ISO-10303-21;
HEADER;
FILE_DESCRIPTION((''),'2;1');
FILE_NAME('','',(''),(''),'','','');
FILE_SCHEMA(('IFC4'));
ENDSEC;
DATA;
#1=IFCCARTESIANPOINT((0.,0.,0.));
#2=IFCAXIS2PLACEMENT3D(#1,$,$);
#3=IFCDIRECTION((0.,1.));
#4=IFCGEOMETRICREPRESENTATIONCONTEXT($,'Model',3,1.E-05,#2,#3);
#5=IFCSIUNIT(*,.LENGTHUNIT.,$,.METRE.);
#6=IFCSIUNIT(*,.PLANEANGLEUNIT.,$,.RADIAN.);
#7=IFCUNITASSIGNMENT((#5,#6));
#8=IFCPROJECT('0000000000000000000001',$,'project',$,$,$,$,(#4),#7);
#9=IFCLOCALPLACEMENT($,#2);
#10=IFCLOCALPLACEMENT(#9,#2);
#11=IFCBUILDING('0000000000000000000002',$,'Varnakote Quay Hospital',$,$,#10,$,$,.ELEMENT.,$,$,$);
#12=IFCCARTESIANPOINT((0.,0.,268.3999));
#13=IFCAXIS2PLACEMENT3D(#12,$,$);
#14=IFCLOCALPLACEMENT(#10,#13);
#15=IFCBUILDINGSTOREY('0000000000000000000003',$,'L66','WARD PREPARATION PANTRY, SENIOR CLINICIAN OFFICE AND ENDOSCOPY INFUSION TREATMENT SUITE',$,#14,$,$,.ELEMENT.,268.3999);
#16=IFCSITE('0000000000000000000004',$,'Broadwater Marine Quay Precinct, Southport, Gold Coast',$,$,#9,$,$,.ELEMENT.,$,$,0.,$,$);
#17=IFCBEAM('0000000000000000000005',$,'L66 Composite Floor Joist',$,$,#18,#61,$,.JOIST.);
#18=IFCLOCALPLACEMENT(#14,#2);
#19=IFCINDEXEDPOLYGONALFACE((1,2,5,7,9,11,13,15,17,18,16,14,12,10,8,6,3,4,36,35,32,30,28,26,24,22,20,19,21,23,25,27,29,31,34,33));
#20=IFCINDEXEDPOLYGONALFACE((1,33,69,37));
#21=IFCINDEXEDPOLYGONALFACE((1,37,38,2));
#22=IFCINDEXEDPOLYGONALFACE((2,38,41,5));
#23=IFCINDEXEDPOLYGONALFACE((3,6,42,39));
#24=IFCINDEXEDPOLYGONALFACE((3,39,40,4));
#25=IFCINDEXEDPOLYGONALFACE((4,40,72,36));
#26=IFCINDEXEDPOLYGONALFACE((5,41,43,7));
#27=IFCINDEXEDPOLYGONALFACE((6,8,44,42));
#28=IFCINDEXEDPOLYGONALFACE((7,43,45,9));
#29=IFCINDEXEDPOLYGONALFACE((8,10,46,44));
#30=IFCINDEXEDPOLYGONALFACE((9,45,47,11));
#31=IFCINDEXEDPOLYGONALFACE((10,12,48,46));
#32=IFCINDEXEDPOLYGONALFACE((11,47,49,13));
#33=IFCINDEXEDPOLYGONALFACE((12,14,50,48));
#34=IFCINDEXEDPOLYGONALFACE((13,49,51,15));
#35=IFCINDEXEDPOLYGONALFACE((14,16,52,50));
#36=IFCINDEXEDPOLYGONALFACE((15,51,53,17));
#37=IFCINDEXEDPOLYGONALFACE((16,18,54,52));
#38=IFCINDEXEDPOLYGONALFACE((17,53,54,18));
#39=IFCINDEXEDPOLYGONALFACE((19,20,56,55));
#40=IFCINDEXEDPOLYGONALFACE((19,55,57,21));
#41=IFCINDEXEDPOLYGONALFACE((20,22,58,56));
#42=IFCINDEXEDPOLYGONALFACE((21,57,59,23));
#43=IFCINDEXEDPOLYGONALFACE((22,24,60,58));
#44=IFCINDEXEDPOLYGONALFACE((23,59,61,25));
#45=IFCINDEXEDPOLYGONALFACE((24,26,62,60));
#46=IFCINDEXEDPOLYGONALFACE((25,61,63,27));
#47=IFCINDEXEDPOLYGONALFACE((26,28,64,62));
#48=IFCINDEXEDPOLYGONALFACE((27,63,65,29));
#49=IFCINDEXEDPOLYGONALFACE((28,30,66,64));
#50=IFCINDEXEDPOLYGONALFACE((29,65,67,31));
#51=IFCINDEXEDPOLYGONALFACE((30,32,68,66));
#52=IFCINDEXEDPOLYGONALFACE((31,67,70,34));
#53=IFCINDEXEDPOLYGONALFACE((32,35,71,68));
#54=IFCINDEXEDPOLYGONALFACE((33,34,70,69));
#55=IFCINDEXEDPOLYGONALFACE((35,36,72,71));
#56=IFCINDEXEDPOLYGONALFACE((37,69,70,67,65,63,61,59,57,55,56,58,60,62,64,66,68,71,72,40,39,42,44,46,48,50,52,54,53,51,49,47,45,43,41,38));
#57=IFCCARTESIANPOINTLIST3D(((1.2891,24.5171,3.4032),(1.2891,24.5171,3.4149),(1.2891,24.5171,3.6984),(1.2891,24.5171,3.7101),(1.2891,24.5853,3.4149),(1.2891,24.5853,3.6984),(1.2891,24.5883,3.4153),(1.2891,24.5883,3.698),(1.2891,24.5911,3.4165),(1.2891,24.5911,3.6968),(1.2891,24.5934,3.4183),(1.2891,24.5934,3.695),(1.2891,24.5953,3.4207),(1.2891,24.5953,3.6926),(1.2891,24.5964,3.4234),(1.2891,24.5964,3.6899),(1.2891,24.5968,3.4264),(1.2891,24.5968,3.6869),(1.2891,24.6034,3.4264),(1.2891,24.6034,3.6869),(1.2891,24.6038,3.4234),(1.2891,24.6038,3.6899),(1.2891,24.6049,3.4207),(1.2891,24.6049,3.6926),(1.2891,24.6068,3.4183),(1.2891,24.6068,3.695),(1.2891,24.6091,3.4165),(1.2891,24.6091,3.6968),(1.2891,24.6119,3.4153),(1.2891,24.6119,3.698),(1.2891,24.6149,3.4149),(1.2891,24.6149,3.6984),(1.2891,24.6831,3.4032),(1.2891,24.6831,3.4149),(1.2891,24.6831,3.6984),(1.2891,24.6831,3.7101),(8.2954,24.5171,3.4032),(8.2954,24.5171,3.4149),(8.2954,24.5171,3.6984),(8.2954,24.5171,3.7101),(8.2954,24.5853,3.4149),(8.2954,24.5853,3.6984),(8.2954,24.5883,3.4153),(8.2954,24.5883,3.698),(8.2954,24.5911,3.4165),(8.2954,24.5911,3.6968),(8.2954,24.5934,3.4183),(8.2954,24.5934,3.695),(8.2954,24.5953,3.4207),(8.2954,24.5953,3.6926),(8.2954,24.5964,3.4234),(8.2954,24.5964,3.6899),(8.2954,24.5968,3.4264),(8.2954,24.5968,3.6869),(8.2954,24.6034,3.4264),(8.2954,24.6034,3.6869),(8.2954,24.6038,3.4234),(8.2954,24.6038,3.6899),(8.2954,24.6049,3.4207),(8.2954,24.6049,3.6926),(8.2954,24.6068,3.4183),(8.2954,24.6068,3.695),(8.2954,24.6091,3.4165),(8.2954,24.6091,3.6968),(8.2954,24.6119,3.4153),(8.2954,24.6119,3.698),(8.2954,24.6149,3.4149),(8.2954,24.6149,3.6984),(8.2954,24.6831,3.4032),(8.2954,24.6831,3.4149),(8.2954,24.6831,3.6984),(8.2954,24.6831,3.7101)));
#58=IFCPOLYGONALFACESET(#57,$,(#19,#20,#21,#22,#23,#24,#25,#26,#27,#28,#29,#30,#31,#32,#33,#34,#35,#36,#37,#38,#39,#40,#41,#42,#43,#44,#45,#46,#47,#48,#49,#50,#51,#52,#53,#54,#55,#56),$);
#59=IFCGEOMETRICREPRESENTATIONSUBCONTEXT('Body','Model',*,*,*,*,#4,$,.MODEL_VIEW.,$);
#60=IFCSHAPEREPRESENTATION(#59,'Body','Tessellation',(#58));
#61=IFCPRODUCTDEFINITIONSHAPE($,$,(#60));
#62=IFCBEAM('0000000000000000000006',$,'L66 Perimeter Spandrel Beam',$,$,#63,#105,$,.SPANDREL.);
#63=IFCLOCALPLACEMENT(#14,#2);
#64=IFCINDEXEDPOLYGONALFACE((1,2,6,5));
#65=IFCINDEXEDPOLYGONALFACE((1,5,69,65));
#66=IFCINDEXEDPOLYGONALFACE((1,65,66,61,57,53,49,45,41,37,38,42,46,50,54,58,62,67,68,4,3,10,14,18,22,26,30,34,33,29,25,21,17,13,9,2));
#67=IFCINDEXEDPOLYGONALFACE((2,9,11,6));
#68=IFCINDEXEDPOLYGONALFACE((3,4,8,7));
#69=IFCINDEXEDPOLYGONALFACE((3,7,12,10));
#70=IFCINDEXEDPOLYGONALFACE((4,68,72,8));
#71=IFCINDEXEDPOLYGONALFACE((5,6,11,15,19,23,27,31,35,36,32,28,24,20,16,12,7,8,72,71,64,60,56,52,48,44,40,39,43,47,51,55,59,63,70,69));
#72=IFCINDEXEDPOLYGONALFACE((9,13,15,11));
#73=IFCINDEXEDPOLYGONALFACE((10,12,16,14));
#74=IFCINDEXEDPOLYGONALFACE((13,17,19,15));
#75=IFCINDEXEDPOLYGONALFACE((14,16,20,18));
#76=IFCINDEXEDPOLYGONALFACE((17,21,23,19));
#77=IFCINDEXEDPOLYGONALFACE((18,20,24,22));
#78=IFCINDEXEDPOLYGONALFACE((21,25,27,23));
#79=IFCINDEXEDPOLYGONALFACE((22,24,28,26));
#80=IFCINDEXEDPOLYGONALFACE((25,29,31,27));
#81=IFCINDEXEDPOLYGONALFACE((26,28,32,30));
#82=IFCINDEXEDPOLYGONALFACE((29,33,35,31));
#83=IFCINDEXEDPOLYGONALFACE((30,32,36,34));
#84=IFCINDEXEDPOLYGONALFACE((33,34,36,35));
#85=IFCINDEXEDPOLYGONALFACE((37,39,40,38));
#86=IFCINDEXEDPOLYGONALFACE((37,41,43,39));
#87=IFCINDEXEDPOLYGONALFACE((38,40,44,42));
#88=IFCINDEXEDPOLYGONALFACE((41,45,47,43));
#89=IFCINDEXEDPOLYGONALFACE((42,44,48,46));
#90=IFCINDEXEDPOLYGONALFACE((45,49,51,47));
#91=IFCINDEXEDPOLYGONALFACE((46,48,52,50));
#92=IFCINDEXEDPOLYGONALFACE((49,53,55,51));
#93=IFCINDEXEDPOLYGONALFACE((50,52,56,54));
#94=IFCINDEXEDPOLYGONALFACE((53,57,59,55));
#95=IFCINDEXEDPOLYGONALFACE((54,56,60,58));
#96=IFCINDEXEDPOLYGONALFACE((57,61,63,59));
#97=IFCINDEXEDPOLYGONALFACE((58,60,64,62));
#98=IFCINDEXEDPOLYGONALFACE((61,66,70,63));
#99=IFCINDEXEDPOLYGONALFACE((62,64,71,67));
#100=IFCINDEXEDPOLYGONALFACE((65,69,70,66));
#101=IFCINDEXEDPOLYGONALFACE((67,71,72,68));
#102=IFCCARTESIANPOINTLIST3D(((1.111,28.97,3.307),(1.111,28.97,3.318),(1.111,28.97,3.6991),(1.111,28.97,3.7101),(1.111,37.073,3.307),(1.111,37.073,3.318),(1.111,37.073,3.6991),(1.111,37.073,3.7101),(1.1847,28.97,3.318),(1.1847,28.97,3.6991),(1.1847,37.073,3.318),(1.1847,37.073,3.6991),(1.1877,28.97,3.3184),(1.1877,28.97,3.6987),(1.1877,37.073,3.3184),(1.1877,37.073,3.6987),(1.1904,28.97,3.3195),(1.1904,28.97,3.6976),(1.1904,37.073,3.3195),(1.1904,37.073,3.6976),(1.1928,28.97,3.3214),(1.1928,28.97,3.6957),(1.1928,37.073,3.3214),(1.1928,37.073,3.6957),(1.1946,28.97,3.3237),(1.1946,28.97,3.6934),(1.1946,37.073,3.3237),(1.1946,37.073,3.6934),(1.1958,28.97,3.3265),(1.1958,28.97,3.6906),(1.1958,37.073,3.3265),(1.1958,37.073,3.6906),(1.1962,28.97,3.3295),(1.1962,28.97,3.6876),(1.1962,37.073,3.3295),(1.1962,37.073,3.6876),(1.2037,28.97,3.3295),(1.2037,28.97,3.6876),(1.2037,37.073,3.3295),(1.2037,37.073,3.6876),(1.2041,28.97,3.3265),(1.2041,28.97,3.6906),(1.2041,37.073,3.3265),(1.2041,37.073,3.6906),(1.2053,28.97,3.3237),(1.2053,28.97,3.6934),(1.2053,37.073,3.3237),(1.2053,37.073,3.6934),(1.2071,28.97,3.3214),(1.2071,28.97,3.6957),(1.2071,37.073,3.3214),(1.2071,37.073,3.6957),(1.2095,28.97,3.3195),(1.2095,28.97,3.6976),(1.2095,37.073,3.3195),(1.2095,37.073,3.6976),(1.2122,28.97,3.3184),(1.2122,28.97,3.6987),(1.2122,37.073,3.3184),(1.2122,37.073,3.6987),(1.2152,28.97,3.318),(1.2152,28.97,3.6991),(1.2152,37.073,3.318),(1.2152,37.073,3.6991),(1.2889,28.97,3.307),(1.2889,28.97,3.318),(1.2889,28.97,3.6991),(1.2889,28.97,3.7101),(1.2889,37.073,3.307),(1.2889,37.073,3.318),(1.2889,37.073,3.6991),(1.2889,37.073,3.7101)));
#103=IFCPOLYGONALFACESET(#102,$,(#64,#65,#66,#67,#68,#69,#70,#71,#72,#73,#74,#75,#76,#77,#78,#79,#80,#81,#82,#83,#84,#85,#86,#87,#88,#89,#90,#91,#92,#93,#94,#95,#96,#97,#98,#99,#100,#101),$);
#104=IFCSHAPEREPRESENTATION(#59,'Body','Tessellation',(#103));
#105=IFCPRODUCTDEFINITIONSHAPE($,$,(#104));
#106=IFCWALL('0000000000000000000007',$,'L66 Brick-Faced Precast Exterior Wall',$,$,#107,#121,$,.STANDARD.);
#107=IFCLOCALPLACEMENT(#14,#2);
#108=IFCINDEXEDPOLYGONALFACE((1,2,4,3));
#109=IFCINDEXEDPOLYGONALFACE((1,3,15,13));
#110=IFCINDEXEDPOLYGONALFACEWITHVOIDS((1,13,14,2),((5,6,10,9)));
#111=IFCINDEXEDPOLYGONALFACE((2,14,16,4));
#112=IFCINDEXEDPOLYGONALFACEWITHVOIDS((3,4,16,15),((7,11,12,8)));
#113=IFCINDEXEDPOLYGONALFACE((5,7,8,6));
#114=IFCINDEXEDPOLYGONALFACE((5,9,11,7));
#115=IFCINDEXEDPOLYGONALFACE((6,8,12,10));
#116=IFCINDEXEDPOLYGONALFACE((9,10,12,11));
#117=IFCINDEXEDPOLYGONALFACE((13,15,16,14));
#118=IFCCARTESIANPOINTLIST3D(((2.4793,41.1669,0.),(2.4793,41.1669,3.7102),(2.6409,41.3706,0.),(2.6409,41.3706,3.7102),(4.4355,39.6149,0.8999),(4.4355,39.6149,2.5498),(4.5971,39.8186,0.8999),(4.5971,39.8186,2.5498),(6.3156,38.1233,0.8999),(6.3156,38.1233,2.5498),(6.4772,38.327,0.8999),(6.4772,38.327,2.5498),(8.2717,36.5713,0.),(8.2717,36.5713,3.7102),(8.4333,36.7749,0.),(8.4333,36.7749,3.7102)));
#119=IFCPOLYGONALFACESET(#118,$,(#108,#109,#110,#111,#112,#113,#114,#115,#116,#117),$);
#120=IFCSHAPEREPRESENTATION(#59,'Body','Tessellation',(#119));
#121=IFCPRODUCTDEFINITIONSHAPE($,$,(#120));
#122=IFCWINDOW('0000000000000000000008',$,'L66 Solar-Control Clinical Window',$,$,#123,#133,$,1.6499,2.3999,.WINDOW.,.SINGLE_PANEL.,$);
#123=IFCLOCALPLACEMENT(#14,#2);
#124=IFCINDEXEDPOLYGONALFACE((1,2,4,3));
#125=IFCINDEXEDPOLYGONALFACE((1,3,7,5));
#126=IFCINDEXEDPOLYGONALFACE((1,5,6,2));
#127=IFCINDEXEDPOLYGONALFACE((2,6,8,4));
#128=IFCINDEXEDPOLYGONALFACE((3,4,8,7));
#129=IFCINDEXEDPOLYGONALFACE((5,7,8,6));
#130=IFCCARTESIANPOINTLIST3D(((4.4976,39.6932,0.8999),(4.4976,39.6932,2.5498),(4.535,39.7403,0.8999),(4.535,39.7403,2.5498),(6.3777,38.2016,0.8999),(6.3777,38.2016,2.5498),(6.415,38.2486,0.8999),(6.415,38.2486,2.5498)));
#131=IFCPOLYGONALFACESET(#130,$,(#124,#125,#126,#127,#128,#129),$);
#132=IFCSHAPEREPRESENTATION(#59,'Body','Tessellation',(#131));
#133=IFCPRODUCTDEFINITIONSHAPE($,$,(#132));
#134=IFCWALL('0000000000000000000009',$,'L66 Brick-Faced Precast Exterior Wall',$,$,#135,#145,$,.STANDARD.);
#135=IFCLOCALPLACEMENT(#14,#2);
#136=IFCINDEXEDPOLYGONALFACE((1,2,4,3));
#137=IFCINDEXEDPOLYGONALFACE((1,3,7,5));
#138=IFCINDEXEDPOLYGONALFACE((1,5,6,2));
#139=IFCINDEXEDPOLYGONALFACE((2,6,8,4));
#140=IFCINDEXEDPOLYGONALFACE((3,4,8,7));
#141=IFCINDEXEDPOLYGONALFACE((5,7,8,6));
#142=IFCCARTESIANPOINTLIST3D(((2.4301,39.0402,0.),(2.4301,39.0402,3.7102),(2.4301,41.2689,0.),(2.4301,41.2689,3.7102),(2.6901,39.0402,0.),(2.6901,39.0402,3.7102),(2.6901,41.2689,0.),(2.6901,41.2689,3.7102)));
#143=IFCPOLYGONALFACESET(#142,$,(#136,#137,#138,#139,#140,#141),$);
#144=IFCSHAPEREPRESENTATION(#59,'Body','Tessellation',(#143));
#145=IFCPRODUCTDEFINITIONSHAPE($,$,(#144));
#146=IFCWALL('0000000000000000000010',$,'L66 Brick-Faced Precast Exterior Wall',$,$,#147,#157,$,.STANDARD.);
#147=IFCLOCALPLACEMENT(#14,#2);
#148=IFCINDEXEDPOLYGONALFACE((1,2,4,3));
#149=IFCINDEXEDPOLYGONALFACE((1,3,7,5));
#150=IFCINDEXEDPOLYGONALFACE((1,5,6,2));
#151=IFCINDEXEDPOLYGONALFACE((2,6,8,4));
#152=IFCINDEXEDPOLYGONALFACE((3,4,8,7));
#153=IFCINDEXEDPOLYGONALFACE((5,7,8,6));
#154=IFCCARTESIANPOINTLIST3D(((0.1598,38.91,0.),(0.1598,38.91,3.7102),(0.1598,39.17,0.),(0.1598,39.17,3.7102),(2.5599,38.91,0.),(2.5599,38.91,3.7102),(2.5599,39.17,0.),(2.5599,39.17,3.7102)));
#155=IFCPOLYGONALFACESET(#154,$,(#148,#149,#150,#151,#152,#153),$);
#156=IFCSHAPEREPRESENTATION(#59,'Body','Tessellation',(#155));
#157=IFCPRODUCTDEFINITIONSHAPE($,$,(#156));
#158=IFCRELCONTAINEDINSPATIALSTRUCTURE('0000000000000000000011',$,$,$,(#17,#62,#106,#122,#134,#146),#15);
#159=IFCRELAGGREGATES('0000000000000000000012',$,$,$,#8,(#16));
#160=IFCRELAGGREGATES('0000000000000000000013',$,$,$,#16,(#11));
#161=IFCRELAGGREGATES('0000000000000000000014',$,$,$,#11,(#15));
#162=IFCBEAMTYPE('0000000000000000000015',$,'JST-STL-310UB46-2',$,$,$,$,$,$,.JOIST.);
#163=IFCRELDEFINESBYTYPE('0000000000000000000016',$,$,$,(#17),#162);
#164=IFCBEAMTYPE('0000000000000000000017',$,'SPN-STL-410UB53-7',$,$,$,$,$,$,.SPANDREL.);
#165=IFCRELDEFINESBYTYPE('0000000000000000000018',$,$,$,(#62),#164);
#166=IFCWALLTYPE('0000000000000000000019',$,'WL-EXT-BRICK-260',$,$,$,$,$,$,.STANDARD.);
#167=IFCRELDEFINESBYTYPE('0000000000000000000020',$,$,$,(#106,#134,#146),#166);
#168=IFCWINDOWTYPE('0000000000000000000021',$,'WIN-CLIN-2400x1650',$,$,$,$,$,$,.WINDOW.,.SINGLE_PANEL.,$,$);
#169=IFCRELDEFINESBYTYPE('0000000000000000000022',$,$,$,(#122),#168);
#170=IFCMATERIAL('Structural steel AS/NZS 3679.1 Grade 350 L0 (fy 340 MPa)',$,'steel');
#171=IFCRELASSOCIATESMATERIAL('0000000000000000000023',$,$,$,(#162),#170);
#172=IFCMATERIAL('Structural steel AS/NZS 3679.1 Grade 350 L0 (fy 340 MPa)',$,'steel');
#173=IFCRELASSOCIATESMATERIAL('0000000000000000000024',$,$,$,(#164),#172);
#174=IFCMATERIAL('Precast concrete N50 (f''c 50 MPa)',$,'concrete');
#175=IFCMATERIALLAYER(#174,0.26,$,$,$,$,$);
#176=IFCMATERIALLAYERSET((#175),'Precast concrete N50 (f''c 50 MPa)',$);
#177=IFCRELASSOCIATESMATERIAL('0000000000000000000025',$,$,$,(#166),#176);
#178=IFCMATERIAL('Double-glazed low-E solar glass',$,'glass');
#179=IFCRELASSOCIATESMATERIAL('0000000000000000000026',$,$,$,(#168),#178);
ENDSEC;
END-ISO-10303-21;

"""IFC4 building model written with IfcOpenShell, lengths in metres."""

from ifc_helpers import new_model, si_unit, direction, frame, frame_2d, origin, origin_2d, place, context, subcontext, project, spatial, rectangle, i_section, extrude, material, layer, layer_set, material_profile, profile_set, type_object, element, fill, save


model = new_model("IFC4")

# Units and contexts
model_context = context("Model", 3, precision=1e-05, world=origin(), true_north=direction((0.0, 1.0)))
body_context = subcontext(model_context, "Body", "Model", "MODEL_VIEW")
ifc_project = project(units=[si_unit("LENGTHUNIT", "METRE"), si_unit("PLANEANGLEUNIT", "RADIAN")], contexts=[model_context])

# Site, building, storey
site_placement = place(None, origin())
site = spatial("IfcSite", under=ifc_project, at=site_placement, Name="Broadwater Marine Quay Precinct, Southport, Gold Coast", CompositionType="ELEMENT", RefElevation=0.0)
building_placement = place(site_placement, origin())
building = spatial("IfcBuilding", under=site, at=building_placement, Name="Varnakote Quay Hospital", CompositionType="ELEMENT")
storey_placement = place(building_placement, frame((0.0, 0.0, 268.3999)))
storey = spatial("IfcBuildingStorey", under=building, at=storey_placement, Name="L66", Description="WARD PREPARATION PANTRY, SENIOR CLINICIAN OFFICE AND ENDOSCOPY INFUSION TREATMENT SUITE", CompositionType="ELEMENT", Elevation=268.3999)

# Beams
ifc_material_1 = material(Name="Structural steel AS/NZS 3679.1 Grade 350 L0 (fy 340 MPa)", Category="steel")
ifc_material_profile_1 = material_profile(ifc_material_1, i_section(OverallWidth=0.166, OverallDepth=0.3069, WebThickness=0.0066, FlangeThickness=0.0117, FilletRadius=0.0115, at=origin_2d()), Name="310UB46.2")
ifc_profile_set_1 = profile_set([ifc_material_profile_1], Name="Structural steel AS/NZS 3679.1 Grade 350 L0 (fy 340 MPa)")
beam_type_1 = type_object("IfcBeamType", Name="JST-STL-310UB46-2", PredefinedType="JOIST", material=ifc_profile_set_1)
beam_1_placement = place(storey_placement, frame((1.2891, 24.6001, 3.5566), z_axis=(1.0, 0.0, 0.0), x_axis=(0.0, 1.0, 0.0)))
element("IfcBeam", 1, at=beam_1_placement, inside=storey, type_object=beam_type_1, Name="L66 Composite Floor Joist", PredefinedType="JOIST", context=body_context, shape_type="SweptSolid", body=[
    extrude(i_section(OverallWidth=0.166, OverallDepth=0.3069, WebThickness=0.0066, FlangeThickness=0.0117, FilletRadius=0.0115, at=origin_2d()), origin(), (0.0, 0.0, 1.0), 7.0063),
])
ifc_material_2 = material(Name="Structural steel AS/NZS 3679.1 Grade 350 L0 (fy 340 MPa)", Category="steel")
ifc_material_profile_2 = material_profile(ifc_material_2, i_section(OverallWidth=0.178, OverallDepth=0.4031, WebThickness=0.0076, FlangeThickness=0.011, FilletRadius=0.0115, at=origin_2d()), Name="410UB53.7")
ifc_profile_set_2 = profile_set([ifc_material_profile_2], Name="Structural steel AS/NZS 3679.1 Grade 350 L0 (fy 340 MPa)")
beam_type_2 = type_object("IfcBeamType", Name="SPN-STL-410UB53-7", PredefinedType="SPANDREL", material=ifc_profile_set_2)
beam_2_placement = place(storey_placement, frame((1.2, 28.97, 3.5085), z_axis=(0.0, 1.0, 0.0), x_axis=(-1.0, 0.0, 0.0)))
element("IfcBeam", 2, at=beam_2_placement, inside=storey, type_object=beam_type_2, Name="L66 Perimeter Spandrel Beam", PredefinedType="SPANDREL", context=body_context, shape_type="SweptSolid", body=[
    extrude(i_section(OverallWidth=0.178, OverallDepth=0.4031, WebThickness=0.0076, FlangeThickness=0.011, FilletRadius=0.0115, at=origin_2d()), origin(), (0.0, 0.0, 1.0), 8.103),
])

# Wall, opening, window
ifc_material_3 = material(Name="Precast concrete N50 (f'c 50 MPa)", Category="concrete")
ifc_layer_1 = layer(ifc_material_3, 0.26)
ifc_layer_set_1 = layer_set([ifc_layer_1], Name="Precast concrete N50 (f'c 50 MPa)")
wall_type_1 = type_object("IfcWallType", Name="WL-EXT-BRICK-260", PredefinedType="STANDARD", material=ifc_layer_set_1)
wall_1_placement = place(storey_placement, frame((8.3525, 36.6731, 0.0), z_axis=(0.0, 0.0, 1.0), x_axis=(-0.783388, 0.621533, 0.0)))
wall_1 = element("IfcWall", 3, at=wall_1_placement, inside=storey, type_object=wall_type_1, Name="L66 Brick-Faced Precast Exterior Wall", PredefinedType="STANDARD", context=body_context, shape_type="SweptSolid", body=[
    extrude(rectangle(XDim=7.394, YDim=0.26, at=frame_2d((3.697, 0.0))), origin(), (0.0, 0.0, 1.0), 3.7102),
])
opening_1_placement = place(wall_1_placement, frame((2.4971, 0.0, 0.8999)))
opening_1 = element("IfcOpeningElement", 4, at=opening_1_placement, cuts=wall_1, PredefinedType="OPENING", context=body_context, shape_type="SweptSolid", body=[
    extrude(rectangle(XDim=2.3999, YDim=1.6499, at=frame_2d((1.2, 0.825))), frame((0.0, 0.1399, 0.0), z_axis=(0.0, -1.0, 0.0), x_axis=(1.0, 0.0, 0.0)), (0.0, 0.0, 1.0), 0.28),
])
ifc_material_4 = material(Name="Double-glazed low-E solar glass", Category="glass")
window_type = type_object("IfcWindowType", Name="WIN-CLIN-2400x1650", PartitioningType="SINGLE_PANEL", PredefinedType="WINDOW", material=ifc_material_4)
window_placement = place(opening_1_placement, origin())
window = element("IfcWindow", 5, at=window_placement, inside=storey, type_object=window_type, Name="L66 Solar-Control Clinical Window", OverallHeight=1.6499, OverallWidth=2.3999, PartitioningType="SINGLE_PANEL", PredefinedType="WINDOW", context=body_context, shape_type="SweptSolid", body=[
    extrude(rectangle(XDim=2.3999, YDim=1.6499, at=frame_2d((1.2, 0.825))), frame((0.0, 0.03, 0.0), z_axis=(0.0, -1.0, 0.0), x_axis=(1.0, 0.0, 0.0)), (0.0, 0.0, 1.0), 0.0601),
])
fill(opening_1, window)

# Walls
wall_2_placement = place(storey_placement, frame((2.5601, 41.2688, 0.0), z_axis=(0.0, 0.0, 1.0), x_axis=(0.0, -1.0, 0.0)))
element("IfcWall", 6, at=wall_2_placement, inside=storey, type_object=wall_type_1, Name="L66 Brick-Faced Precast Exterior Wall", PredefinedType="STANDARD", context=body_context, shape_type="SweptSolid", body=[
    extrude(rectangle(XDim=2.2288, YDim=0.26, at=frame_2d((1.1143, 0.0))), origin(), (0.0, 0.0, 1.0), 3.7102),
])
wall_3_placement = place(storey_placement, frame((2.5601, 39.04, 0.0), z_axis=(0.0, 0.0, 1.0), x_axis=(-1.0, 0.0, 0.0)))
element("IfcWall", 7, at=wall_3_placement, inside=storey, type_object=wall_type_1, Name="L66 Brick-Faced Precast Exterior Wall", PredefinedType="STANDARD", context=body_context, shape_type="SweptSolid", body=[
    extrude(rectangle(XDim=2.4001, YDim=0.26, at=frame_2d((1.2002, 0.0))), origin(), (0.0, 0.0, 1.0), 3.7102),
])

save(model, "model.ifc")
